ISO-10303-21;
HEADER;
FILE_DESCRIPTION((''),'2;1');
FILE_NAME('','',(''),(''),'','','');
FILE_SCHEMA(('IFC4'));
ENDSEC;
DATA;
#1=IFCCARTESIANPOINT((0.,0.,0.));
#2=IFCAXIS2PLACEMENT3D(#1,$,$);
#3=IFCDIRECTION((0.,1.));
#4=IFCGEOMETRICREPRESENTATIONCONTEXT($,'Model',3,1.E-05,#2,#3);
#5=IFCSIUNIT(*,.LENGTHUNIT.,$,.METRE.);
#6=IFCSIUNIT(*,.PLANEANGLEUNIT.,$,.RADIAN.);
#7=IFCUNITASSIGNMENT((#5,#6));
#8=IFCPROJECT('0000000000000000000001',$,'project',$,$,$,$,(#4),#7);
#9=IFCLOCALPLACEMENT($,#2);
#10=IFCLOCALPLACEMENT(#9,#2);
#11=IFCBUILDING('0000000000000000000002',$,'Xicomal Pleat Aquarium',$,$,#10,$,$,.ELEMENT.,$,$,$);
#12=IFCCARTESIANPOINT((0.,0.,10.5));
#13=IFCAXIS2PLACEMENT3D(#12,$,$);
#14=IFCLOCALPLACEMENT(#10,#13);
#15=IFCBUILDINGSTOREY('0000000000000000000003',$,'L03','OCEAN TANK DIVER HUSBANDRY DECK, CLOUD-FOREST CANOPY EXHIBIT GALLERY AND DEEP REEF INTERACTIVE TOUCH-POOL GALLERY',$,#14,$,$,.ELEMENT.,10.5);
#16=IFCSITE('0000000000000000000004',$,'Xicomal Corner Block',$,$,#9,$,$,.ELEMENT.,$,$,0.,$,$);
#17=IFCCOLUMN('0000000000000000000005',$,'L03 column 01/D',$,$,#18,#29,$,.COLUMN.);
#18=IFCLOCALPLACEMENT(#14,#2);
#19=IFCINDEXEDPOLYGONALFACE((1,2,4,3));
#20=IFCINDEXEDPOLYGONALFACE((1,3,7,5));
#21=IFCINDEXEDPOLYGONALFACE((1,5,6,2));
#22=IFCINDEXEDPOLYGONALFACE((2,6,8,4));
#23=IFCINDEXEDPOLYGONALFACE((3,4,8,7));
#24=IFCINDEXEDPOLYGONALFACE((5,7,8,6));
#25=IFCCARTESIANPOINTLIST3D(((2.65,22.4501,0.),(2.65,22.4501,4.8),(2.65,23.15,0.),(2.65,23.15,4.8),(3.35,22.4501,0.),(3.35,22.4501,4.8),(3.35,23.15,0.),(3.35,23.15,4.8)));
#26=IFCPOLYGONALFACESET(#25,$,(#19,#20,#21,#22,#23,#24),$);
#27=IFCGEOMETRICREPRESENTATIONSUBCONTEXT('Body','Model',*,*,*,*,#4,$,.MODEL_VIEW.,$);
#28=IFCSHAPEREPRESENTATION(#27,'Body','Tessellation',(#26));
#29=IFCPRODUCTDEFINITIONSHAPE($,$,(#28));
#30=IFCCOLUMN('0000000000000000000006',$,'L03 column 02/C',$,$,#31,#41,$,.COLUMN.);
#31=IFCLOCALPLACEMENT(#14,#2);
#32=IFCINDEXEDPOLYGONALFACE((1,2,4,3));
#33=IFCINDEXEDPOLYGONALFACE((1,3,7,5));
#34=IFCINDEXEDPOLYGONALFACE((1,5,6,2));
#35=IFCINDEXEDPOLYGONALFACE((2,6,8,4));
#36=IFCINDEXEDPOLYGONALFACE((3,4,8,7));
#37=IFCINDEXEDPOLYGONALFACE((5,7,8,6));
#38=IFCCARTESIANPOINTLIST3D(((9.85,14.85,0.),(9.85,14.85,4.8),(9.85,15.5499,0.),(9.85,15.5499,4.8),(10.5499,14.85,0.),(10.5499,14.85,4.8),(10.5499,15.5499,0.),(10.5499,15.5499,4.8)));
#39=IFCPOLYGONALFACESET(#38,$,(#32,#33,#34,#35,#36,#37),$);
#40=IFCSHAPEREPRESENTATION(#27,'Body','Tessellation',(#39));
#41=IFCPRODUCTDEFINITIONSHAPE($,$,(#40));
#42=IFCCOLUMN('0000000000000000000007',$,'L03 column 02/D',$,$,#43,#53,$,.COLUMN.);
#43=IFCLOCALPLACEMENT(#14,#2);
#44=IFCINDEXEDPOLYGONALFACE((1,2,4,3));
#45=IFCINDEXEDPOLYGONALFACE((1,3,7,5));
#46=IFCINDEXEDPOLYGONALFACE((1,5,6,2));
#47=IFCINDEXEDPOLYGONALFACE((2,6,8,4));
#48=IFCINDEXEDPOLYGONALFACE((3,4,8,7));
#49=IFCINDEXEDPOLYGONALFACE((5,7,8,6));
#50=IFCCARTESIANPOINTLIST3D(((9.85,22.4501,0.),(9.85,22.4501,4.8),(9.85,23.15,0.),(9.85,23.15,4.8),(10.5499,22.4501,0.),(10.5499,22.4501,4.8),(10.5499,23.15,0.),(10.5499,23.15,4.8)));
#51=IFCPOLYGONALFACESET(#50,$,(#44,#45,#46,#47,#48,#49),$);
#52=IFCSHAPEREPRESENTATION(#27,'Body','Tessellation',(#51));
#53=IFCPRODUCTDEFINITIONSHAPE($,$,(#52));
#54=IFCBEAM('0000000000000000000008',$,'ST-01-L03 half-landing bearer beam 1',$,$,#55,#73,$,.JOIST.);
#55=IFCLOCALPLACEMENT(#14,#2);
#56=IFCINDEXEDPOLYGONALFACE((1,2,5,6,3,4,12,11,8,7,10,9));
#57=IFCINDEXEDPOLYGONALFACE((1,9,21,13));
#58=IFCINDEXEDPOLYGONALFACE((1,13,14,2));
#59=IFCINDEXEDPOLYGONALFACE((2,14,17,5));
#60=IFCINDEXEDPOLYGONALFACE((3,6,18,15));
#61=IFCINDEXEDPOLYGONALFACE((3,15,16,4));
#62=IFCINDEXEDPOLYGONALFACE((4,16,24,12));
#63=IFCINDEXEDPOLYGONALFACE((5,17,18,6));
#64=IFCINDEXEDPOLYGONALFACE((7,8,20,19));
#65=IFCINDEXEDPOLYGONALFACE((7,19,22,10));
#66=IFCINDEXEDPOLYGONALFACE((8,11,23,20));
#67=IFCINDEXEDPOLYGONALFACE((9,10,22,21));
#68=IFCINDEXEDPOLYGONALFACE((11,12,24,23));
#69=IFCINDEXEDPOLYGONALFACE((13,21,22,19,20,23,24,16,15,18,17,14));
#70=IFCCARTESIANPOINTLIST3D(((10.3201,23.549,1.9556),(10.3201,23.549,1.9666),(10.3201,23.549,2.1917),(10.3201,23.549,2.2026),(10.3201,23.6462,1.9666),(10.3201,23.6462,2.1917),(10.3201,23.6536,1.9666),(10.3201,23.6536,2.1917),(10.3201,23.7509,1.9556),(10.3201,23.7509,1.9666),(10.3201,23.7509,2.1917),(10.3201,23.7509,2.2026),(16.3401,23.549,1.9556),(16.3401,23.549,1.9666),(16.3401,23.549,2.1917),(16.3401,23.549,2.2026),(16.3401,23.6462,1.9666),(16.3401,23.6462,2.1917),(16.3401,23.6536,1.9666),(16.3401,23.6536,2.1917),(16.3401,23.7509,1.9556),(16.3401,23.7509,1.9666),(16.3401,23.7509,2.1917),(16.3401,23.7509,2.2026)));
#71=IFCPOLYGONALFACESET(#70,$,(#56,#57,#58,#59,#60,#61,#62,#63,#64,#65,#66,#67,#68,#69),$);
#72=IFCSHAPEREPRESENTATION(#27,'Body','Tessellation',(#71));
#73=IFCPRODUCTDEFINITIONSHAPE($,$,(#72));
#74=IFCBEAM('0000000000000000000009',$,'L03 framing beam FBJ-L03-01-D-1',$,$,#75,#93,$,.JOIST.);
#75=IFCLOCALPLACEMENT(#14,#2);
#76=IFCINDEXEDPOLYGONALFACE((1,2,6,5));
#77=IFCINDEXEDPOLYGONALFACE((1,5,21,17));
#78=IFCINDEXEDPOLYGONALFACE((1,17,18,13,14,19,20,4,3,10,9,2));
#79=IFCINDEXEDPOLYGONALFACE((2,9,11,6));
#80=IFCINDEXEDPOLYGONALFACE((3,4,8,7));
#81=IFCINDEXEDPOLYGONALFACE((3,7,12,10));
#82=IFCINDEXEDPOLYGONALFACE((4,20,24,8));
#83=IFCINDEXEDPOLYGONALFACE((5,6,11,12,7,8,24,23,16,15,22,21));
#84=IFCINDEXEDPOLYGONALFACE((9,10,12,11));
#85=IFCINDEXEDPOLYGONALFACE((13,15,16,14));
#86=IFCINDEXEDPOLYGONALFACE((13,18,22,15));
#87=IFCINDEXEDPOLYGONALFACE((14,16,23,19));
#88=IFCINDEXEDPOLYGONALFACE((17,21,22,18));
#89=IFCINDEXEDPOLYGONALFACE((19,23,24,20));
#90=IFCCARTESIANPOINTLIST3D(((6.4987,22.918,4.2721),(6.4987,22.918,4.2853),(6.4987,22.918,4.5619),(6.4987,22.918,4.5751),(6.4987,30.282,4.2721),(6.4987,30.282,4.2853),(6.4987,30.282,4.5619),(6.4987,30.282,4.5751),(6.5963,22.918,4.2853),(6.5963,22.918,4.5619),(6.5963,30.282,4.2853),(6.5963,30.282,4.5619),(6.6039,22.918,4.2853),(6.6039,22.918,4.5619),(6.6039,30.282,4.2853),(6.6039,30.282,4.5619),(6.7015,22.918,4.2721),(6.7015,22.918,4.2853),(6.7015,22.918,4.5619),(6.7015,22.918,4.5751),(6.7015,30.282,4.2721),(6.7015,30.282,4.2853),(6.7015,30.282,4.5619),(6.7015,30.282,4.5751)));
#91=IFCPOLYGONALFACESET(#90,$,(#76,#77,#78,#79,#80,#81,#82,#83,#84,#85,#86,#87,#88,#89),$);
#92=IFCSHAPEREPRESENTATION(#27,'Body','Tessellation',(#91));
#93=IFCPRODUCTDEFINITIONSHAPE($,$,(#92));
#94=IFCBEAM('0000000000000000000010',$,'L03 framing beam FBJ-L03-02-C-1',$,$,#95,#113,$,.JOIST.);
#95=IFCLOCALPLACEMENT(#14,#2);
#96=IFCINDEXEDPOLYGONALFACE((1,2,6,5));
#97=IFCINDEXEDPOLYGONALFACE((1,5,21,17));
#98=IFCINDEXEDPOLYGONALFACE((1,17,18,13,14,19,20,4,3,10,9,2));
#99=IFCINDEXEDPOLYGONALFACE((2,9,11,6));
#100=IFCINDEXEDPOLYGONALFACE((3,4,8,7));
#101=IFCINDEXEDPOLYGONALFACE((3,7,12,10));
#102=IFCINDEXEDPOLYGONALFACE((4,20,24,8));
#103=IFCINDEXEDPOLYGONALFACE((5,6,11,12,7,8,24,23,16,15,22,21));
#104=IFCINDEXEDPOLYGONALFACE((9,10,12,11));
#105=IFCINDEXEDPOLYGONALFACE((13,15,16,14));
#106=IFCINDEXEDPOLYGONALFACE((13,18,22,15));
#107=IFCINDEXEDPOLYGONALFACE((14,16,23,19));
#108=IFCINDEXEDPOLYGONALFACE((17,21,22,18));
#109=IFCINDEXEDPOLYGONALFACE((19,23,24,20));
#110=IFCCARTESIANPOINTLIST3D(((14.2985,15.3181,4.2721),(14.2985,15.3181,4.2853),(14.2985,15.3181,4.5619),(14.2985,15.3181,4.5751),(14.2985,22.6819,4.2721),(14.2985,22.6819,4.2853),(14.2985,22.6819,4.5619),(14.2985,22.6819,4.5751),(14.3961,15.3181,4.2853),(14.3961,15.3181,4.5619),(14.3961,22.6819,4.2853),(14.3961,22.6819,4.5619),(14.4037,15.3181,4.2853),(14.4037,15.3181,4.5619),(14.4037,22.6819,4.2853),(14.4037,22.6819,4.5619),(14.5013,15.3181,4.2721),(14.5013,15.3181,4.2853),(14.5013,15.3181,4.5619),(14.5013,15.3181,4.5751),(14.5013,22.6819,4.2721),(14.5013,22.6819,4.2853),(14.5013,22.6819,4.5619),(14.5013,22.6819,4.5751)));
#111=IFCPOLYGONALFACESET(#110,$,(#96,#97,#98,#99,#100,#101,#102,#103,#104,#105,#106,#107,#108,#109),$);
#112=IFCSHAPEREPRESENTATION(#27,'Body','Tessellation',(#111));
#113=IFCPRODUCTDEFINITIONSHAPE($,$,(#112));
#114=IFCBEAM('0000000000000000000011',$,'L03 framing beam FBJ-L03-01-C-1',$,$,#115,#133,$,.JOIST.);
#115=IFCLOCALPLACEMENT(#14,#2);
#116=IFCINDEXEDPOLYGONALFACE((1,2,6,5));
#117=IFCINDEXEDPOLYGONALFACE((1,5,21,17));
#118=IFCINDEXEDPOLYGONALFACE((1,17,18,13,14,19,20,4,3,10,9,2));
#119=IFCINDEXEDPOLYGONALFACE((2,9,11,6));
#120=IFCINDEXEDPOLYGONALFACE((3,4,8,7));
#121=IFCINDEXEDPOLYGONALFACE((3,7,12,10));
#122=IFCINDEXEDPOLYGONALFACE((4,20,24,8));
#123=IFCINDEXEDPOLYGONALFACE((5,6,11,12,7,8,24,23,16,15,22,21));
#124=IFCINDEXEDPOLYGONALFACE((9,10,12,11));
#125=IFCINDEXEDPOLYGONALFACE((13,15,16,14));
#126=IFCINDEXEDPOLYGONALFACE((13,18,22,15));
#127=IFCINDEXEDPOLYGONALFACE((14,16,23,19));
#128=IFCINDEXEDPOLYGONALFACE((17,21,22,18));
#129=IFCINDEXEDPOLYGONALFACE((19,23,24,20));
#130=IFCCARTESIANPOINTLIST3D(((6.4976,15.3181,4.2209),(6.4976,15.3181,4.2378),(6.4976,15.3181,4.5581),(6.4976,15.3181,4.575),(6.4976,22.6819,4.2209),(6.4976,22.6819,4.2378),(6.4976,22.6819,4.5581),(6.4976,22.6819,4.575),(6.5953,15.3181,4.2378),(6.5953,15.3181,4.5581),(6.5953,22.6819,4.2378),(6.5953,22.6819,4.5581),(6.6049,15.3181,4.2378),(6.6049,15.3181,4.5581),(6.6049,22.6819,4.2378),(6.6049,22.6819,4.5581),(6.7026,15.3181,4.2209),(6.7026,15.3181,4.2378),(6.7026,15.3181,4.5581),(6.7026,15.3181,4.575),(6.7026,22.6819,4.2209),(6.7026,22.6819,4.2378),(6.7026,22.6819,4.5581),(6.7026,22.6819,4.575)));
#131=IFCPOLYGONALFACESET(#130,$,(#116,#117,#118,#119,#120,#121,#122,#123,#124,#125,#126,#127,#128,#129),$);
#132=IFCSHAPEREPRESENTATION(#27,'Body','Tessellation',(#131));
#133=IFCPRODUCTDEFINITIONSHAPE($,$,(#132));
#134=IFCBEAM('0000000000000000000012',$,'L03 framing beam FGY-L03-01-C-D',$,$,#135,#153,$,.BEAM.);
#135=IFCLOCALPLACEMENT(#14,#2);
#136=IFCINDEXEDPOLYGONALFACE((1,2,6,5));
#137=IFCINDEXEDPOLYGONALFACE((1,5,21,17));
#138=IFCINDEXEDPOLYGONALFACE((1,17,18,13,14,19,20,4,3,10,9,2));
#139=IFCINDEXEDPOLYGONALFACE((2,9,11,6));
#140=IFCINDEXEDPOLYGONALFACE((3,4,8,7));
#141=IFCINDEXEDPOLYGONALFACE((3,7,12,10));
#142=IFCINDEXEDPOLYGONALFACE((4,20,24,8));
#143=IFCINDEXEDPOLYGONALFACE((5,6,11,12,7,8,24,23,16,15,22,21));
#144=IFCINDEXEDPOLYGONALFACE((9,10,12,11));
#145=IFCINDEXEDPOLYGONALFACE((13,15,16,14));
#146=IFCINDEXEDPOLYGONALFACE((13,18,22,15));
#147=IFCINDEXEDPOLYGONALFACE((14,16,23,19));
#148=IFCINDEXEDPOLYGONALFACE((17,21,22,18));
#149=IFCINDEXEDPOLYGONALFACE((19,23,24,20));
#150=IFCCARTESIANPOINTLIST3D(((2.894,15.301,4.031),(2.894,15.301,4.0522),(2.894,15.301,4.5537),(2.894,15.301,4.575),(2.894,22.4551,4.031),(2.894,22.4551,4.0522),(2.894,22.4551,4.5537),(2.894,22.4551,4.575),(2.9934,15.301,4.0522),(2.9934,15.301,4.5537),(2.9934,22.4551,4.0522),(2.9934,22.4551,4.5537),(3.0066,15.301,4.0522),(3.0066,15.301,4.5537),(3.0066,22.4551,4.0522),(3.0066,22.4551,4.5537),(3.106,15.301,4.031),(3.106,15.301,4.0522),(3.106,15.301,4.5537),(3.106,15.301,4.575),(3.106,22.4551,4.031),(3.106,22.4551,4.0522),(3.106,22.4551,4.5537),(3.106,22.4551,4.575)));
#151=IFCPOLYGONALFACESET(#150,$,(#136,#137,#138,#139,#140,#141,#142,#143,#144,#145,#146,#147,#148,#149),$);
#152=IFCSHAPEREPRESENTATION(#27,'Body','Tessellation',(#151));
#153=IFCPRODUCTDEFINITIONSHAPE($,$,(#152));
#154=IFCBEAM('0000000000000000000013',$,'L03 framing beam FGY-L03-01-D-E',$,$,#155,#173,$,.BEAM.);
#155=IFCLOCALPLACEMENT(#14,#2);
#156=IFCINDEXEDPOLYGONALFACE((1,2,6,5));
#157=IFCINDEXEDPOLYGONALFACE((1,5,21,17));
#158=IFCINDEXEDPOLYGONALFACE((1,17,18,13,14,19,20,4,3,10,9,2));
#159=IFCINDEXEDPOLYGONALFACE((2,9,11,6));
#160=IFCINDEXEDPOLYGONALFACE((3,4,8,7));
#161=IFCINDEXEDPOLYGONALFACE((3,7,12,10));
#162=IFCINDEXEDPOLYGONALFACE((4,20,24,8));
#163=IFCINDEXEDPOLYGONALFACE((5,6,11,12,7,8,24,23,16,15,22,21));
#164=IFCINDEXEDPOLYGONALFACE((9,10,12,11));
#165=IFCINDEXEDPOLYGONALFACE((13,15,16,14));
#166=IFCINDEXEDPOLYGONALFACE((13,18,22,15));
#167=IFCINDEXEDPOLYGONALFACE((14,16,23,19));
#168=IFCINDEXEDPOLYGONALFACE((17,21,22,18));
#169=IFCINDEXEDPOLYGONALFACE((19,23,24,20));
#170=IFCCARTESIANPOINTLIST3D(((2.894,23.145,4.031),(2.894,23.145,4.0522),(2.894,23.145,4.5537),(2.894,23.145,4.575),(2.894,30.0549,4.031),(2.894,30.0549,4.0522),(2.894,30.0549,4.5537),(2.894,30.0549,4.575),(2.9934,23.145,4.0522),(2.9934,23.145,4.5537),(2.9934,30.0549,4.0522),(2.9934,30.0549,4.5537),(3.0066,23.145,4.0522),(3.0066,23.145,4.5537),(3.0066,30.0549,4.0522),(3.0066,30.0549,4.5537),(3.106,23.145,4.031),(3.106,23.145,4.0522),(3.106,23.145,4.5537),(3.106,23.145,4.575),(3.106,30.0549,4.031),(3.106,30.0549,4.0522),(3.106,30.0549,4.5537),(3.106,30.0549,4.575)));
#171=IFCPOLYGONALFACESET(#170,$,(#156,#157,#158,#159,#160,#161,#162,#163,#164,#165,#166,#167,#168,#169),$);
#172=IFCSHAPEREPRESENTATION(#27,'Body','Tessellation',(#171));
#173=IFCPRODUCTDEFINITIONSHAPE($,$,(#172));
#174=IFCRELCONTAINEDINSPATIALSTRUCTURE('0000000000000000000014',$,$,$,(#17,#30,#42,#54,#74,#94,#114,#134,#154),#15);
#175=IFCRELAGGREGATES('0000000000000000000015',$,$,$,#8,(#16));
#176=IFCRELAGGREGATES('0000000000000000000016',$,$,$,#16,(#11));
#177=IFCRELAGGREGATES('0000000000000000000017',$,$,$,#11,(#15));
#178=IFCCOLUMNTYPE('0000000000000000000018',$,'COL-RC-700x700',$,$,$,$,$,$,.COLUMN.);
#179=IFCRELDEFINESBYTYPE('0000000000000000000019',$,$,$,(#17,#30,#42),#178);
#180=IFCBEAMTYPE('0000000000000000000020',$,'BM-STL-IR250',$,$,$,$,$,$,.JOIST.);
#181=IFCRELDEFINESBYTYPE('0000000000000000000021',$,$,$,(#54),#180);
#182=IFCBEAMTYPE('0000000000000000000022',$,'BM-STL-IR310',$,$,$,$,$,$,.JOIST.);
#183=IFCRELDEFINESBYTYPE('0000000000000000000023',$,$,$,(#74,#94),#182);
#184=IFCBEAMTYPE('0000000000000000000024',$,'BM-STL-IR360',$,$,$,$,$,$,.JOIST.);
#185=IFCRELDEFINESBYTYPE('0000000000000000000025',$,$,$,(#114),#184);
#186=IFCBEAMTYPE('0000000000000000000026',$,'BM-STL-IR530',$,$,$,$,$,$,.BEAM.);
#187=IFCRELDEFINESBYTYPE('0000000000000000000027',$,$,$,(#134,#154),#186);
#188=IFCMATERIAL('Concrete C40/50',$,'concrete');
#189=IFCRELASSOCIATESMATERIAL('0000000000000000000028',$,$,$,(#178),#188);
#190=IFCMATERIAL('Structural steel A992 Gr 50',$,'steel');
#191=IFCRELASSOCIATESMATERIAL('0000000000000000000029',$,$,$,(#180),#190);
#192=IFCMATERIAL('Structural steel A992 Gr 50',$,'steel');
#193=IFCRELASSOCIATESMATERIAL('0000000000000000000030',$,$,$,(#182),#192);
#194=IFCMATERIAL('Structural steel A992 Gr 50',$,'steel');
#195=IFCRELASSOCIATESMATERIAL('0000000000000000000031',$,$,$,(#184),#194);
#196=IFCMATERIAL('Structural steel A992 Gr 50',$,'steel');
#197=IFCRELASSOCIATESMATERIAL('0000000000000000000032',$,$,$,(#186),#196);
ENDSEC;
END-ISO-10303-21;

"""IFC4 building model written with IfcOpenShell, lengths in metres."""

from ifc_helpers import new_model, si_unit, direction, frame, origin, origin_2d, place, context, subcontext, project, spatial, rectangle, i_section, extrude, material, material_profile, profile_set, type_object, element, save


model = new_model("IFC4")

# Units and contexts
model_context = context("Model", 3, precision=1e-05, world=origin(), true_north=direction((0.0, 1.0)))
body_context = subcontext(model_context, "Body", "Model", "MODEL_VIEW")
ifc_project = project(units=[si_unit("LENGTHUNIT", "METRE"), si_unit("PLANEANGLEUNIT", "RADIAN")], contexts=[model_context])

# Site, building, storey
site_placement = place(None, origin())
site = spatial("IfcSite", under=ifc_project, at=site_placement, Name="Xicomal Corner Block", CompositionType="ELEMENT", RefElevation=0.0)
building_placement = place(site_placement, origin())
building = spatial("IfcBuilding", under=site, at=building_placement, Name="Xicomal Pleat Aquarium", CompositionType="ELEMENT")
storey_placement = place(building_placement, frame((0.0, 0.0, 10.5)))
storey = spatial("IfcBuildingStorey", under=building, at=storey_placement, Name="L03", Description="OCEAN TANK DIVER HUSBANDRY DECK, CLOUD-FOREST CANOPY EXHIBIT GALLERY AND DEEP REEF INTERACTIVE TOUCH-POOL GALLERY", CompositionType="ELEMENT", Elevation=10.5)

# Columns
ifc_material_1 = material(Name="Concrete C40/50", Category="concrete")
ifc_material_profile_1 = material_profile(ifc_material_1, rectangle(XDim=0.7, YDim=0.7, at=origin_2d()), Name="RC 700x700")
ifc_profile_set_1 = profile_set([ifc_material_profile_1], Name="Concrete C40/50")
column_type = type_object("IfcColumnType", Name="COL-RC-700x700", PredefinedType="COLUMN", material=ifc_profile_set_1)
for number, where, z_axis, x_axis, name in (
    (1, (3.0, 22.8, 0.0), (0.0, 0.0, 1.0), (1.0, 0.0, 0.0), "L03 column 01/D"),
    (2, (10.2, 15.2, 0.0), (0.0, 0.0, 1.0), (1.0, 0.0, 0.0), "L03 column 02/C"),
    (3, (10.2, 22.8, 0.0), (0.0, 0.0, 1.0), (1.0, 0.0, 0.0), "L03 column 02/D"),
):
    element("IfcColumn", number, at=place(storey_placement, frame(where, z_axis=z_axis, x_axis=x_axis)), inside=storey, type_object=column_type, Name=name, PredefinedType="COLUMN", context=body_context, shape_type="SweptSolid", body=[
        extrude(rectangle(XDim=0.7, YDim=0.7, at=origin_2d()), origin(), (0.0, 0.0, 1.0), 4.8),
    ])

# Beams
ifc_material_2 = material(Name="Structural steel A992 Gr 50", Category="steel")
ifc_material_profile_2 = material_profile(ifc_material_2, i_section(OverallWidth=0.2019, OverallDepth=0.2471, WebThickness=0.0073, FlangeThickness=0.011, at=origin_2d()), Name="IR 250x49")
ifc_profile_set_2 = profile_set([ifc_material_profile_2], Name="Structural steel A992 Gr 50")
beam_type_1 = type_object("IfcBeamType", Name="BM-STL-IR250", PredefinedType="JOIST", material=ifc_profile_set_2)
beam_1_placement = place(storey_placement, frame((10.3201, 23.6499, 2.0791), z_axis=(1.0, 0.0, 0.0), x_axis=(0.0, 1.0, 0.0)))
element("IfcBeam", 4, at=beam_1_placement, inside=storey, type_object=beam_type_1, Name="ST-01-L03 half-landing bearer beam 1", PredefinedType="JOIST", context=body_context, shape_type="SweptSolid", body=[
    extrude(i_section(OverallWidth=0.2019, OverallDepth=0.2471, WebThickness=0.0073, FlangeThickness=0.011, at=origin_2d()), origin(), (0.0, 0.0, 1.0), 6.02),
])
ifc_material_3 = material(Name="Structural steel A992 Gr 50", Category="steel")
ifc_material_profile_3 = material_profile(ifc_material_3, i_section(OverallWidth=0.2029, OverallDepth=0.303, WebThickness=0.0076, FlangeThickness=0.0132, at=origin_2d()), Name="IR 310x60")
ifc_profile_set_3 = profile_set([ifc_material_profile_3], Name="Structural steel A992 Gr 50")
beam_type_2 = type_object("IfcBeamType", Name="BM-STL-IR310", PredefinedType="JOIST", material=ifc_profile_set_3)
beam_2_placement = place(storey_placement, frame((6.6001, 22.918, 4.4236), z_axis=(0.0, 1.0, 0.0), x_axis=(-1.0, 0.0, 0.0)))
element("IfcBeam", 5, at=beam_2_placement, inside=storey, type_object=beam_type_2, Name="L03 framing beam FBJ-L03-01-D-1", PredefinedType="JOIST", context=body_context, shape_type="SweptSolid", body=[
    extrude(i_section(OverallWidth=0.2029, OverallDepth=0.303, WebThickness=0.0076, FlangeThickness=0.0132, at=origin_2d()), origin(), (0.0, 0.0, 1.0), 7.364),
])
beam_3_placement = place(storey_placement, frame((14.3999, 15.3181, 4.4236), z_axis=(0.0, 1.0, 0.0), x_axis=(-1.0, 0.0, 0.0)))
element("IfcBeam", 6, at=beam_3_placement, inside=storey, type_object=beam_type_2, Name="L03 framing beam FBJ-L03-02-C-1", PredefinedType="JOIST", context=body_context, shape_type="SweptSolid", body=[
    extrude(i_section(OverallWidth=0.2029, OverallDepth=0.303, WebThickness=0.0076, FlangeThickness=0.0132, at=origin_2d()), origin(), (0.0, 0.0, 1.0), 7.3638),
])
ifc_material_4 = material(Name="Structural steel A992 Gr 50", Category="steel")
ifc_material_profile_4 = material_profile(ifc_material_4, i_section(OverallWidth=0.2051, OverallDepth=0.354, WebThickness=0.0095, FlangeThickness=0.0168, at=origin_2d()), Name="IR 360x79")
ifc_profile_set_4 = profile_set([ifc_material_profile_4], Name="Structural steel A992 Gr 50")
beam_type_3 = type_object("IfcBeamType", Name="BM-STL-IR360", PredefinedType="JOIST", material=ifc_profile_set_4)
beam_4_placement = place(storey_placement, frame((6.6001, 15.3181, 4.3979), z_axis=(0.0, 1.0, 0.0), x_axis=(-1.0, 0.0, 0.0)))
element("IfcBeam", 7, at=beam_4_placement, inside=storey, type_object=beam_type_3, Name="L03 framing beam FBJ-L03-01-C-1", PredefinedType="JOIST", context=body_context, shape_type="SweptSolid", body=[
    extrude(i_section(OverallWidth=0.2051, OverallDepth=0.354, WebThickness=0.0095, FlangeThickness=0.0168, at=origin_2d()), origin(), (0.0, 0.0, 1.0), 7.3638),
])
ifc_material_5 = material(Name="Structural steel A992 Gr 50", Category="steel")
ifc_material_profile_5 = material_profile(ifc_material_5, i_section(OverallWidth=0.2119, OverallDepth=0.5439, WebThickness=0.0132, FlangeThickness=0.0212, at=origin_2d()), Name="IR 530x123")
ifc_profile_set_5 = profile_set([ifc_material_profile_5], Name="Structural steel A992 Gr 50")
beam_type_4 = type_object("IfcBeamType", Name="BM-STL-IR530", PredefinedType="BEAM", material=ifc_profile_set_5)
beam_5_placement = place(storey_placement, frame((3.0, 15.301, 4.303), z_axis=(0.0, 1.0, 0.0), x_axis=(-1.0, 0.0, 0.0)))
element("IfcBeam", 8, at=beam_5_placement, inside=storey, type_object=beam_type_4, Name="L03 framing beam FGY-L03-01-C-D", PredefinedType="BEAM", context=body_context, shape_type="SweptSolid", body=[
    extrude(i_section(OverallWidth=0.2119, OverallDepth=0.5439, WebThickness=0.0132, FlangeThickness=0.0212, at=origin_2d()), origin(), (0.0, 0.0, 1.0), 7.1541),
])
beam_6_placement = place(storey_placement, frame((3.0, 23.145, 4.303), z_axis=(0.0, 1.0, 0.0), x_axis=(-1.0, 0.0, 0.0)))
element("IfcBeam", 9, at=beam_6_placement, inside=storey, type_object=beam_type_4, Name="L03 framing beam FGY-L03-01-D-E", PredefinedType="BEAM", context=body_context, shape_type="SweptSolid", body=[
    extrude(i_section(OverallWidth=0.2119, OverallDepth=0.5439, WebThickness=0.0132, FlangeThickness=0.0212, at=origin_2d()), origin(), (0.0, 0.0, 1.0), 6.9099),
])

save(model, "model.ifc")
